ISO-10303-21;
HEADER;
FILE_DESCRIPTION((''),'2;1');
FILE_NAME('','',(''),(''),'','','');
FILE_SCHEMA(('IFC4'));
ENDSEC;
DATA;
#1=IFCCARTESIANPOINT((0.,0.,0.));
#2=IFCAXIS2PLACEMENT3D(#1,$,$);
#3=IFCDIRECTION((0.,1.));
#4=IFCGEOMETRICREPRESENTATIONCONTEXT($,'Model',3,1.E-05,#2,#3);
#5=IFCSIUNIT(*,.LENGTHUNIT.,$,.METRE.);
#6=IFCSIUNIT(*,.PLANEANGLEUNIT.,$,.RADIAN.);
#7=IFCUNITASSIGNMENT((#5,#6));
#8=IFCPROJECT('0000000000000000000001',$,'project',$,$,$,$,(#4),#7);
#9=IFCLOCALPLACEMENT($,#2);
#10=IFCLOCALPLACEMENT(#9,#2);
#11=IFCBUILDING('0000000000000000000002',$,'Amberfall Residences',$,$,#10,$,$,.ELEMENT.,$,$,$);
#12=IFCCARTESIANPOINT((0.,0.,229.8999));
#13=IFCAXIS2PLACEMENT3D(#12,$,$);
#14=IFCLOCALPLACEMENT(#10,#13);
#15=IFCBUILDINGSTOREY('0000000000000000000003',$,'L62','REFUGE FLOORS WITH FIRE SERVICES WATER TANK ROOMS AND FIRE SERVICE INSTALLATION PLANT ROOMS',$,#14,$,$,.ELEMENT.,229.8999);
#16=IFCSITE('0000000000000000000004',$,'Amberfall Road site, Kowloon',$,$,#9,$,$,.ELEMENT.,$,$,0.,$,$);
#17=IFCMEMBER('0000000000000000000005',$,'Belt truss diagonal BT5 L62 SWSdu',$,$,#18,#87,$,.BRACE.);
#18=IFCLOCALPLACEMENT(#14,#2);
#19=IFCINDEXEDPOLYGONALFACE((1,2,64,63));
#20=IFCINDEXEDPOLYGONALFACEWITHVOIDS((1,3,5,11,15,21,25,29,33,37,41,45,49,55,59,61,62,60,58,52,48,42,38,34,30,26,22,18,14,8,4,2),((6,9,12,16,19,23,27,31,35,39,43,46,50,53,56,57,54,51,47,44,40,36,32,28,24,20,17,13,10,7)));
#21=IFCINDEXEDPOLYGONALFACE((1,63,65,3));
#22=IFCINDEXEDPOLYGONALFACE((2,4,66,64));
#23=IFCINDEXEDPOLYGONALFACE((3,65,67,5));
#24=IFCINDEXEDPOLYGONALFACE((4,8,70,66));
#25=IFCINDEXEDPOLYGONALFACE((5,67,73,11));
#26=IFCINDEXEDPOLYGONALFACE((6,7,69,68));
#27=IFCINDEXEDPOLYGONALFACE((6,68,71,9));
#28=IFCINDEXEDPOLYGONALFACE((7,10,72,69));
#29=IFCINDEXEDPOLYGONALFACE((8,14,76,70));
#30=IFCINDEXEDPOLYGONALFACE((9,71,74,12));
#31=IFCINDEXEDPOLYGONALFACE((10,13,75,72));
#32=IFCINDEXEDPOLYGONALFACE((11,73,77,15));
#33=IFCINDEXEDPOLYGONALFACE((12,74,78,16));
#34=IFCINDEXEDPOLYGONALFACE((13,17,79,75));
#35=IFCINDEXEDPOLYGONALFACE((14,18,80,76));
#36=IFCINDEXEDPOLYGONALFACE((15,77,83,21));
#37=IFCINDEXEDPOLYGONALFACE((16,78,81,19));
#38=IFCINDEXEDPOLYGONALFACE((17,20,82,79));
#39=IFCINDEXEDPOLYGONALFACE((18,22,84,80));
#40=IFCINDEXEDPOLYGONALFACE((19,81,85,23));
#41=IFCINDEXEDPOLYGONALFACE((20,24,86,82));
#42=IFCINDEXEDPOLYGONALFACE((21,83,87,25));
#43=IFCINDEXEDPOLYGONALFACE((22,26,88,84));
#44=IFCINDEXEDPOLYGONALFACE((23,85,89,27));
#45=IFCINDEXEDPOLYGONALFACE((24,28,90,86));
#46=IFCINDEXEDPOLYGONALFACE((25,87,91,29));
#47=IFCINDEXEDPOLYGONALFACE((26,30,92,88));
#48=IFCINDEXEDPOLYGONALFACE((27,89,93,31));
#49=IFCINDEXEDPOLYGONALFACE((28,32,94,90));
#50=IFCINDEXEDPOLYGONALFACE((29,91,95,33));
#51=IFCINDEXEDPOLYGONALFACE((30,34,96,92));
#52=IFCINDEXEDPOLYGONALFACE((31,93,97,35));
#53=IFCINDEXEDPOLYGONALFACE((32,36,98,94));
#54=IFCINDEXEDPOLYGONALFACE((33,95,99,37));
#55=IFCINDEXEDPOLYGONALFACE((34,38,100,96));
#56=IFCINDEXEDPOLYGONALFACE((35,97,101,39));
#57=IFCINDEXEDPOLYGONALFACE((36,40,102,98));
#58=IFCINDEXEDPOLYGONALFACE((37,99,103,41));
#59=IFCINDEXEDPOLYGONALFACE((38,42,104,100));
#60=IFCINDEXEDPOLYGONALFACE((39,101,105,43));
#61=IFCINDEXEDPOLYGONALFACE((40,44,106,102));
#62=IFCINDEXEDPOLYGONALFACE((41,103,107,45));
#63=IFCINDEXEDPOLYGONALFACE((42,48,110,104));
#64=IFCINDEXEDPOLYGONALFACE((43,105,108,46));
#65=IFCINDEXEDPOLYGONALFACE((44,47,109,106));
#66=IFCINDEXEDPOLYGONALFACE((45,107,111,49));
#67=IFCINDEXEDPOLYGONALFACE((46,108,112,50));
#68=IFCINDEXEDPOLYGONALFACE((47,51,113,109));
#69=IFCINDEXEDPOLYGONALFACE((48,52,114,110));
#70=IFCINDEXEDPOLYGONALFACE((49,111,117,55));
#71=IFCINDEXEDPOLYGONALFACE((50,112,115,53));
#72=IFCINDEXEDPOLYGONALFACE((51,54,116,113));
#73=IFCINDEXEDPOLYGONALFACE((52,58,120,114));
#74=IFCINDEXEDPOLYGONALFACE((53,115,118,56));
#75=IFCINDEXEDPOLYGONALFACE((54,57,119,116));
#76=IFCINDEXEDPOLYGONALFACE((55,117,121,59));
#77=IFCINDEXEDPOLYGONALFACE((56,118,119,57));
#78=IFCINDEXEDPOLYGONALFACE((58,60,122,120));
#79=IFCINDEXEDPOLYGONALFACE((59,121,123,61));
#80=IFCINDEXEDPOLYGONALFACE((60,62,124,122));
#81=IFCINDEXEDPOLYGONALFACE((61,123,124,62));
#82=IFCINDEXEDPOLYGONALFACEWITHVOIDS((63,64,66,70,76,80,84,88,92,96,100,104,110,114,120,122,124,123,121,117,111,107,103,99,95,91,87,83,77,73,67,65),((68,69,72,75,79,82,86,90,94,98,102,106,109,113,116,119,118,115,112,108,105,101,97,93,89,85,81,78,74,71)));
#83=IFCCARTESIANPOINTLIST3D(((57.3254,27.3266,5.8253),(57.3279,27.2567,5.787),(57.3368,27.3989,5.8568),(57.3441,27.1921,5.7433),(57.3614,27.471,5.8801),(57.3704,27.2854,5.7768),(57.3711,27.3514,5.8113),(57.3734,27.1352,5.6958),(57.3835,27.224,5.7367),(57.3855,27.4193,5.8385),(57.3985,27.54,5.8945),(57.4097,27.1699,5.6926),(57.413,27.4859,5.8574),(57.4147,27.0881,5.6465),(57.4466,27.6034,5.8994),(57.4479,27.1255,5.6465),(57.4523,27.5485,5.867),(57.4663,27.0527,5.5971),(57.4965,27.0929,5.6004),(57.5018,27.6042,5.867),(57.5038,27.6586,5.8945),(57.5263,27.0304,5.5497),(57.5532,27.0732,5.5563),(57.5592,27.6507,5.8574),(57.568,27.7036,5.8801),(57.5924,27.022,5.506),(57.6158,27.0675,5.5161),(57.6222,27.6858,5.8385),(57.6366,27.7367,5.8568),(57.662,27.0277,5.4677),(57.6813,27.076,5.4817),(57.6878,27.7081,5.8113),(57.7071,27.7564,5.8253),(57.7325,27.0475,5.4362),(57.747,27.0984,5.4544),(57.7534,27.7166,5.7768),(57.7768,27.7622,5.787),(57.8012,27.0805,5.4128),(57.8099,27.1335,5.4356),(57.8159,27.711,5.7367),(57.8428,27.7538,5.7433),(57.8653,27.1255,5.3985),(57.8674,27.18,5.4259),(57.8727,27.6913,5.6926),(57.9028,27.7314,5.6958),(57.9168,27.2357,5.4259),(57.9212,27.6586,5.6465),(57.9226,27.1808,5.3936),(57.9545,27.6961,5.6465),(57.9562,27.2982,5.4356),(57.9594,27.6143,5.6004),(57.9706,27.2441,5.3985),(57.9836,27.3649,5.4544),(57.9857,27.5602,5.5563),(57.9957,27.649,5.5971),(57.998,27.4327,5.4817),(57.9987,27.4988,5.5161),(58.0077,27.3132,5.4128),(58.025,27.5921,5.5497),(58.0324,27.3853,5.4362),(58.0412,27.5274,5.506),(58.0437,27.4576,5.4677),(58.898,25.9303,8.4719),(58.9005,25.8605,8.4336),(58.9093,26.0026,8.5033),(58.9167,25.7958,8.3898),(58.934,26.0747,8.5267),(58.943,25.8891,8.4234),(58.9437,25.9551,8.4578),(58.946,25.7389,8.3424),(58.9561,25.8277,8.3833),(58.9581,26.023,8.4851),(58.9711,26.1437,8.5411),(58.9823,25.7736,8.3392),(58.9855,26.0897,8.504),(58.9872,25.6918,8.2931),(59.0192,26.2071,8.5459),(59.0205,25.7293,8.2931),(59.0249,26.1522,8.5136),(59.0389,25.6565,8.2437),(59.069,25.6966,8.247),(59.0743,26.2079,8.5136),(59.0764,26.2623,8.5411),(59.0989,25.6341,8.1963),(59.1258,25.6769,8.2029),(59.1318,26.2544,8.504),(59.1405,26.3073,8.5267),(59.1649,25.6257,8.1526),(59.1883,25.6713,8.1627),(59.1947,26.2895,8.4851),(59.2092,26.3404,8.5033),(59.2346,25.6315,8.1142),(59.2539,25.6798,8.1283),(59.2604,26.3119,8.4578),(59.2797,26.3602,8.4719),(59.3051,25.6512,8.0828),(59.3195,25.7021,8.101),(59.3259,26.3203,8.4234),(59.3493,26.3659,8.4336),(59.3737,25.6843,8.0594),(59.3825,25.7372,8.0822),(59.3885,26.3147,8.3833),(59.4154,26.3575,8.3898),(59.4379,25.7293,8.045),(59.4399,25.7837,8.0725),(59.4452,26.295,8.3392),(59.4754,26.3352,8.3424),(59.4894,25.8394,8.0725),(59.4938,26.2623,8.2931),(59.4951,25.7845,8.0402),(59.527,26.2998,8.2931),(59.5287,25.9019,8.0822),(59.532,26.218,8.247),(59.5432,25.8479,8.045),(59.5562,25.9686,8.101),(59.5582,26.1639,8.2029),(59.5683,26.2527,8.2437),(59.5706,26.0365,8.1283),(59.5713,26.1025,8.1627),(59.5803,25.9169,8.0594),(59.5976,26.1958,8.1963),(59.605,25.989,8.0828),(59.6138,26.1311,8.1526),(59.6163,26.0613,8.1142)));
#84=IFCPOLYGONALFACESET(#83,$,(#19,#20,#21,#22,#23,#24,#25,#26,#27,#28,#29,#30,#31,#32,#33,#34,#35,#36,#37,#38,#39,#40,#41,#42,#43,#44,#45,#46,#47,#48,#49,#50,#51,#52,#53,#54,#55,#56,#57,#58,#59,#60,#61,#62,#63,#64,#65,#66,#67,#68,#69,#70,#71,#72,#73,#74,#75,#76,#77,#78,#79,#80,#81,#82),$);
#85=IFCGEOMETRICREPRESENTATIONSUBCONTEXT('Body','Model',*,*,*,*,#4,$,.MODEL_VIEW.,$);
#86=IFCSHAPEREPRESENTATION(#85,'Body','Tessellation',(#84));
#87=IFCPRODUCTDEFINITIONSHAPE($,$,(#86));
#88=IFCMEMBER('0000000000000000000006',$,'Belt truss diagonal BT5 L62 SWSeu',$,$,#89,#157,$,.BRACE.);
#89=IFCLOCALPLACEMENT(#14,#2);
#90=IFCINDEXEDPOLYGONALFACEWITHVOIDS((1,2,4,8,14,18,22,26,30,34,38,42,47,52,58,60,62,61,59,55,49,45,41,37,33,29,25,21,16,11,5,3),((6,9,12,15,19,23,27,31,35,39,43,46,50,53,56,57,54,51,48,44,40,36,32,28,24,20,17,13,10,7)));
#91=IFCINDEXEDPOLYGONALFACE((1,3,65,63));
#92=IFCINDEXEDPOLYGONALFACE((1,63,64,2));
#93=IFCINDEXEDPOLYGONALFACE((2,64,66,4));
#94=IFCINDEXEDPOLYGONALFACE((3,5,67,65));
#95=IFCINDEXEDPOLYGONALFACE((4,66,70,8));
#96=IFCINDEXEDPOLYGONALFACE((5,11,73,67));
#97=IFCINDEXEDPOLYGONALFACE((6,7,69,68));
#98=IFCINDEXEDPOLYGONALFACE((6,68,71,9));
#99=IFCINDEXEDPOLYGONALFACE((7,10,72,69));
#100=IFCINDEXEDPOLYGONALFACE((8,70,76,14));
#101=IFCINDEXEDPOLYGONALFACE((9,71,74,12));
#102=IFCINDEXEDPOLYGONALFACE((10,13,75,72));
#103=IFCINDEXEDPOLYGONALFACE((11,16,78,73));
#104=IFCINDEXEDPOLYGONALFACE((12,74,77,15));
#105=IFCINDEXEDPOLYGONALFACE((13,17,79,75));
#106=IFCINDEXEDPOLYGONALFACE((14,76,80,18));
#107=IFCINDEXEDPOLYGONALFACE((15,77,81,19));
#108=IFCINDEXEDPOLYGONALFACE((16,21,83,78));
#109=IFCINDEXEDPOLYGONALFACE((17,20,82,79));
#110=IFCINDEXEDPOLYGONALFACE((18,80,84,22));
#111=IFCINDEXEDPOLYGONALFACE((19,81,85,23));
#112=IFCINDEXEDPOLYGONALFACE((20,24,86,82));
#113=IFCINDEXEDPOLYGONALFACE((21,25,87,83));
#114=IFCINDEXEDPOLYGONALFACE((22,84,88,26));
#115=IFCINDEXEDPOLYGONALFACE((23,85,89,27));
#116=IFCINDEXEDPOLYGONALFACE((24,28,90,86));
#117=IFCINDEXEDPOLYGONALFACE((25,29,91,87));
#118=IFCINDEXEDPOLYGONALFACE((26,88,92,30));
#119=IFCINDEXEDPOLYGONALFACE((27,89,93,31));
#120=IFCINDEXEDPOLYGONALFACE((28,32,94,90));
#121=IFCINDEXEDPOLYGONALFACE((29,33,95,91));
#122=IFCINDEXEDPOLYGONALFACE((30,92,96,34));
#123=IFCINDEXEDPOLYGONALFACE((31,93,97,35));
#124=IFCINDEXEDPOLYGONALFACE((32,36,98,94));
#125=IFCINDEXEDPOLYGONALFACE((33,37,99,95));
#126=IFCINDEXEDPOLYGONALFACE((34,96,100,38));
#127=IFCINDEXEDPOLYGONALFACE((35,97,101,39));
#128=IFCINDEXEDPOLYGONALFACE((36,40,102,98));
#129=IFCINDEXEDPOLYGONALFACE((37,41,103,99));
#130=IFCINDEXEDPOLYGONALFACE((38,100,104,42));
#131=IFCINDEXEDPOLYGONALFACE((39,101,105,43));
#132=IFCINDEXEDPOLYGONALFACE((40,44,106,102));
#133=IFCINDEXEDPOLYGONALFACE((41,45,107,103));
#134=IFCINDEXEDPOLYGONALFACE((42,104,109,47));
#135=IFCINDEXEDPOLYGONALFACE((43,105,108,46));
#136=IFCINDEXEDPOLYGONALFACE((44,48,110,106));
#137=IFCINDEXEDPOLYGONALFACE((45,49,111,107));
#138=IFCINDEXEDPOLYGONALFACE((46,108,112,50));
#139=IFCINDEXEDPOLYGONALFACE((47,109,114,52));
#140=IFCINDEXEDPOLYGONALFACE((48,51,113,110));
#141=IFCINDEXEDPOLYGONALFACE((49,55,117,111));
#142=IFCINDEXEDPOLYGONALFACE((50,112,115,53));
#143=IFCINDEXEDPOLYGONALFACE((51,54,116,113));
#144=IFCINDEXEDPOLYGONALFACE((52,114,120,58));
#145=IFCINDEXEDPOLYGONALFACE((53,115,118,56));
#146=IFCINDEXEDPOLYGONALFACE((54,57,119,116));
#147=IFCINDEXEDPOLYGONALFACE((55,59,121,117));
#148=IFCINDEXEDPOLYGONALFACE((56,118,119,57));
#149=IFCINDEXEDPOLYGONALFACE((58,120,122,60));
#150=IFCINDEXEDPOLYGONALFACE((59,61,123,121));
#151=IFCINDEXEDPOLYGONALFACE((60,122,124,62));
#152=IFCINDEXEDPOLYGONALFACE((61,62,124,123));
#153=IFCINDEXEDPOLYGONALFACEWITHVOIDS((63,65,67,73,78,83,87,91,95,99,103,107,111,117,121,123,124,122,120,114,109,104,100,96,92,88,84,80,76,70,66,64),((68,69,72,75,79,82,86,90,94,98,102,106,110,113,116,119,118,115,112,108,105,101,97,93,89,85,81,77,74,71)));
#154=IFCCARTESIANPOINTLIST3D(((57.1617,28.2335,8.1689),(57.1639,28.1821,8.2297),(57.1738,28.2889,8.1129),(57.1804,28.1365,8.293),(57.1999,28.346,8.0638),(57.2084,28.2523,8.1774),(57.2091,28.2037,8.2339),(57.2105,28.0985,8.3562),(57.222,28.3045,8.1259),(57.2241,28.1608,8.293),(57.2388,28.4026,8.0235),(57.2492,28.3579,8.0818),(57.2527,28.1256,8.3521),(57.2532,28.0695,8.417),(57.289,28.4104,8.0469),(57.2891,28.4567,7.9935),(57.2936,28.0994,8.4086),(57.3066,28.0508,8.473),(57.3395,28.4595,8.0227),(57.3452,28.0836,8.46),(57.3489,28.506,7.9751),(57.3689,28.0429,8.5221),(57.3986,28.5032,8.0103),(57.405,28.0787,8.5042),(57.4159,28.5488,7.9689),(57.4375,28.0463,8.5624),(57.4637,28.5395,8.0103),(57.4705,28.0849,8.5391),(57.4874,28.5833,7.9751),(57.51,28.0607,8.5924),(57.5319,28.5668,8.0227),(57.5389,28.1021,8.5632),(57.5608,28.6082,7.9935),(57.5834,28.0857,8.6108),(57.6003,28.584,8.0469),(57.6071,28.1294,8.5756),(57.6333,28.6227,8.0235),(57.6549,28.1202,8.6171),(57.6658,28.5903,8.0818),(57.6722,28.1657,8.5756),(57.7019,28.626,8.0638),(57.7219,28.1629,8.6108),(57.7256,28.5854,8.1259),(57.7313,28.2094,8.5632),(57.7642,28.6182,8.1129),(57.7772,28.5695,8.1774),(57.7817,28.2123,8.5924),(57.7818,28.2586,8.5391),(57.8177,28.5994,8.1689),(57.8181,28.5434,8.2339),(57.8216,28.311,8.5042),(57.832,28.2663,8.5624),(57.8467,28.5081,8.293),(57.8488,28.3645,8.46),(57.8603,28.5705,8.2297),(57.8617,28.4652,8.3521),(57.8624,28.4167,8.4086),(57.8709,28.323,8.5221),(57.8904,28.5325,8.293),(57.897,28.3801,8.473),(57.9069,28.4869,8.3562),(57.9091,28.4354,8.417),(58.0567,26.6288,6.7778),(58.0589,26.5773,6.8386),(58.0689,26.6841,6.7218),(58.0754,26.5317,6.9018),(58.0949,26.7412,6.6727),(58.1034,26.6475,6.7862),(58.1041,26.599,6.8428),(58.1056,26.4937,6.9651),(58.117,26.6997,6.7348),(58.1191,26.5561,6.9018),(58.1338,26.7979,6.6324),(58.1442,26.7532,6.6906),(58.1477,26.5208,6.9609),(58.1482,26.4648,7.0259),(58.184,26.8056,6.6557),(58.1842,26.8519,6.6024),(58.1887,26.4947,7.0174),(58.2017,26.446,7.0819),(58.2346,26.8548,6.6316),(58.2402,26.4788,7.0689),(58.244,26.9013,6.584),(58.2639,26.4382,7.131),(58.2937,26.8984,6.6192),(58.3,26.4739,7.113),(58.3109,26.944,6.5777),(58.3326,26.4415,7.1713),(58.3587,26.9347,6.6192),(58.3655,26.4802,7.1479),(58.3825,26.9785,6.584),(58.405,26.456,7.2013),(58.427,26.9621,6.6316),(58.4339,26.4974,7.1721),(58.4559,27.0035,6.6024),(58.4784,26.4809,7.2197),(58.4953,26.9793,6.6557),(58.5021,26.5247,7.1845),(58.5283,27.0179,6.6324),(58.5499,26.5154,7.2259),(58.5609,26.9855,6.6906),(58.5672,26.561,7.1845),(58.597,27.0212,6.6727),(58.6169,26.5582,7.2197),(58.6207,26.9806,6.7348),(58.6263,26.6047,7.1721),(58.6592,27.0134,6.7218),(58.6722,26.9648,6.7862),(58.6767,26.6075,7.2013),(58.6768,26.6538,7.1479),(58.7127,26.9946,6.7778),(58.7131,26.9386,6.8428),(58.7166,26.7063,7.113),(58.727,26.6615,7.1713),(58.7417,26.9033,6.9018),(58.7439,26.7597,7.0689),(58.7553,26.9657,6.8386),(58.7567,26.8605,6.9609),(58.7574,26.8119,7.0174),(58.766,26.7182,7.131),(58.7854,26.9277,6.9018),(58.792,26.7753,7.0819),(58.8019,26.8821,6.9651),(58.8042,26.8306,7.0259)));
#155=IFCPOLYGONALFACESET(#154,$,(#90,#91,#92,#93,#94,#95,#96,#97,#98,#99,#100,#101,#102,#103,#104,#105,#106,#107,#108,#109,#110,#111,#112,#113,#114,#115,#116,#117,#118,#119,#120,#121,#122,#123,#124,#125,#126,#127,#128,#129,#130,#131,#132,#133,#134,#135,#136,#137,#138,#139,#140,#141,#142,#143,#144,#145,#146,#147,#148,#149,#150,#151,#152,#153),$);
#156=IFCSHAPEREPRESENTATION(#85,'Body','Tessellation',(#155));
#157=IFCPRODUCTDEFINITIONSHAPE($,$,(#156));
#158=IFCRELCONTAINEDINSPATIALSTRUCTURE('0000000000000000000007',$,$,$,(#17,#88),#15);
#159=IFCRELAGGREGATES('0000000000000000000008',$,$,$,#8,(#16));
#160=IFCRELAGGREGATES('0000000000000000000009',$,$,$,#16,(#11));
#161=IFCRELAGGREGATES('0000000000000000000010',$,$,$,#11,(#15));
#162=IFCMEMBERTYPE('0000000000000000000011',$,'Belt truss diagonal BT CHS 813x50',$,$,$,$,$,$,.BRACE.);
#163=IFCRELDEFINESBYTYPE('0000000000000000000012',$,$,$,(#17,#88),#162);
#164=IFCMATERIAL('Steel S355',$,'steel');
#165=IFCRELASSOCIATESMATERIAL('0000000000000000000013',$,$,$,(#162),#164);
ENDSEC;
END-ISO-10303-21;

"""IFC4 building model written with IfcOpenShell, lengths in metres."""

from ifc_helpers import new_model, si_unit, direction, frame, origin, origin_2d, place, context, subcontext, project, spatial, hollow_circle, extrude, material, material_profile, profile_set, type_object, element, save


model = new_model("IFC4")

# Units and contexts
model_context = context("Model", 3, precision=1e-05, world=origin(), true_north=direction((0.0, 1.0)))
body_context = subcontext(model_context, "Body", "Model", "MODEL_VIEW")
ifc_project = project(units=[si_unit("LENGTHUNIT", "METRE"), si_unit("PLANEANGLEUNIT", "RADIAN")], contexts=[model_context])

# Site, building, storey
site_placement = place(None, origin())
site = spatial("IfcSite", under=ifc_project, at=site_placement, Name="Amberfall Road site, Kowloon", CompositionType="ELEMENT", RefElevation=0.0)
building_placement = place(site_placement, origin())
building = spatial("IfcBuilding", under=site, at=building_placement, Name="Amberfall Residences", CompositionType="ELEMENT")
storey_placement = place(building_placement, frame((0.0, 0.0, 229.8999)))
storey = spatial("IfcBuildingStorey", under=building, at=storey_placement, Name="L62", Description="REFUGE FLOORS WITH FIRE SERVICES WATER TANK ROOMS AND FIRE SERVICE INSTALLATION PLANT ROOMS", CompositionType="ELEMENT", Elevation=229.8999)

# Shared definitions
ifc_material_1 = material(Name="Steel S355", Category="steel")

# Members
ifc_material_profile_1 = material_profile(ifc_material_1, hollow_circle(Radius=0.4065, WallThickness=0.05, at=origin_2d()), Name="CHS 813x50")
ifc_profile_set_1 = profile_set([ifc_material_profile_1], Name="Steel S355")
member_type = type_object("IfcMemberType", Name="Belt truss diagonal BT CHS 813x50", PredefinedType="BRACE", material=ifc_profile_set_1)
member_1_placement = place(storey_placement, frame((57.6846, 27.3921, 5.6465), z_axis=(0.465204, -0.413057, 0.782923), x_axis=(0.663953, 0.747774, 0.0)))
element("IfcMember", 1, at=member_1_placement, inside=storey, type_object=member_type, Name="Belt truss diagonal BT5 L62 SWSdu", PredefinedType="BRACE", context=body_context, shape_type="SweptSolid", body=[
    extrude(hollow_circle(Radius=0.4065, WallThickness=0.05, at=origin_2d()), origin(), (0.0, 0.0, 1.0), 3.3804),
])
member_2_placement = place(storey_placement, frame((57.5354, 28.3345, 8.293), z_axis=(0.388353, -0.696302, -0.60361), x_axis=(0.873348, 0.487098, 0.0)))
element("IfcMember", 2, at=member_2_placement, inside=storey, type_object=member_type, Name="Belt truss diagonal BT5 L62 SWSeu", PredefinedType="BRACE", context=body_context, shape_type="SweptSolid", body=[
    extrude(hollow_circle(Radius=0.4065, WallThickness=0.05, at=origin_2d()), origin(), (0.0, 0.0, 1.0), 2.3047),
])

save(model, "model.ifc")
